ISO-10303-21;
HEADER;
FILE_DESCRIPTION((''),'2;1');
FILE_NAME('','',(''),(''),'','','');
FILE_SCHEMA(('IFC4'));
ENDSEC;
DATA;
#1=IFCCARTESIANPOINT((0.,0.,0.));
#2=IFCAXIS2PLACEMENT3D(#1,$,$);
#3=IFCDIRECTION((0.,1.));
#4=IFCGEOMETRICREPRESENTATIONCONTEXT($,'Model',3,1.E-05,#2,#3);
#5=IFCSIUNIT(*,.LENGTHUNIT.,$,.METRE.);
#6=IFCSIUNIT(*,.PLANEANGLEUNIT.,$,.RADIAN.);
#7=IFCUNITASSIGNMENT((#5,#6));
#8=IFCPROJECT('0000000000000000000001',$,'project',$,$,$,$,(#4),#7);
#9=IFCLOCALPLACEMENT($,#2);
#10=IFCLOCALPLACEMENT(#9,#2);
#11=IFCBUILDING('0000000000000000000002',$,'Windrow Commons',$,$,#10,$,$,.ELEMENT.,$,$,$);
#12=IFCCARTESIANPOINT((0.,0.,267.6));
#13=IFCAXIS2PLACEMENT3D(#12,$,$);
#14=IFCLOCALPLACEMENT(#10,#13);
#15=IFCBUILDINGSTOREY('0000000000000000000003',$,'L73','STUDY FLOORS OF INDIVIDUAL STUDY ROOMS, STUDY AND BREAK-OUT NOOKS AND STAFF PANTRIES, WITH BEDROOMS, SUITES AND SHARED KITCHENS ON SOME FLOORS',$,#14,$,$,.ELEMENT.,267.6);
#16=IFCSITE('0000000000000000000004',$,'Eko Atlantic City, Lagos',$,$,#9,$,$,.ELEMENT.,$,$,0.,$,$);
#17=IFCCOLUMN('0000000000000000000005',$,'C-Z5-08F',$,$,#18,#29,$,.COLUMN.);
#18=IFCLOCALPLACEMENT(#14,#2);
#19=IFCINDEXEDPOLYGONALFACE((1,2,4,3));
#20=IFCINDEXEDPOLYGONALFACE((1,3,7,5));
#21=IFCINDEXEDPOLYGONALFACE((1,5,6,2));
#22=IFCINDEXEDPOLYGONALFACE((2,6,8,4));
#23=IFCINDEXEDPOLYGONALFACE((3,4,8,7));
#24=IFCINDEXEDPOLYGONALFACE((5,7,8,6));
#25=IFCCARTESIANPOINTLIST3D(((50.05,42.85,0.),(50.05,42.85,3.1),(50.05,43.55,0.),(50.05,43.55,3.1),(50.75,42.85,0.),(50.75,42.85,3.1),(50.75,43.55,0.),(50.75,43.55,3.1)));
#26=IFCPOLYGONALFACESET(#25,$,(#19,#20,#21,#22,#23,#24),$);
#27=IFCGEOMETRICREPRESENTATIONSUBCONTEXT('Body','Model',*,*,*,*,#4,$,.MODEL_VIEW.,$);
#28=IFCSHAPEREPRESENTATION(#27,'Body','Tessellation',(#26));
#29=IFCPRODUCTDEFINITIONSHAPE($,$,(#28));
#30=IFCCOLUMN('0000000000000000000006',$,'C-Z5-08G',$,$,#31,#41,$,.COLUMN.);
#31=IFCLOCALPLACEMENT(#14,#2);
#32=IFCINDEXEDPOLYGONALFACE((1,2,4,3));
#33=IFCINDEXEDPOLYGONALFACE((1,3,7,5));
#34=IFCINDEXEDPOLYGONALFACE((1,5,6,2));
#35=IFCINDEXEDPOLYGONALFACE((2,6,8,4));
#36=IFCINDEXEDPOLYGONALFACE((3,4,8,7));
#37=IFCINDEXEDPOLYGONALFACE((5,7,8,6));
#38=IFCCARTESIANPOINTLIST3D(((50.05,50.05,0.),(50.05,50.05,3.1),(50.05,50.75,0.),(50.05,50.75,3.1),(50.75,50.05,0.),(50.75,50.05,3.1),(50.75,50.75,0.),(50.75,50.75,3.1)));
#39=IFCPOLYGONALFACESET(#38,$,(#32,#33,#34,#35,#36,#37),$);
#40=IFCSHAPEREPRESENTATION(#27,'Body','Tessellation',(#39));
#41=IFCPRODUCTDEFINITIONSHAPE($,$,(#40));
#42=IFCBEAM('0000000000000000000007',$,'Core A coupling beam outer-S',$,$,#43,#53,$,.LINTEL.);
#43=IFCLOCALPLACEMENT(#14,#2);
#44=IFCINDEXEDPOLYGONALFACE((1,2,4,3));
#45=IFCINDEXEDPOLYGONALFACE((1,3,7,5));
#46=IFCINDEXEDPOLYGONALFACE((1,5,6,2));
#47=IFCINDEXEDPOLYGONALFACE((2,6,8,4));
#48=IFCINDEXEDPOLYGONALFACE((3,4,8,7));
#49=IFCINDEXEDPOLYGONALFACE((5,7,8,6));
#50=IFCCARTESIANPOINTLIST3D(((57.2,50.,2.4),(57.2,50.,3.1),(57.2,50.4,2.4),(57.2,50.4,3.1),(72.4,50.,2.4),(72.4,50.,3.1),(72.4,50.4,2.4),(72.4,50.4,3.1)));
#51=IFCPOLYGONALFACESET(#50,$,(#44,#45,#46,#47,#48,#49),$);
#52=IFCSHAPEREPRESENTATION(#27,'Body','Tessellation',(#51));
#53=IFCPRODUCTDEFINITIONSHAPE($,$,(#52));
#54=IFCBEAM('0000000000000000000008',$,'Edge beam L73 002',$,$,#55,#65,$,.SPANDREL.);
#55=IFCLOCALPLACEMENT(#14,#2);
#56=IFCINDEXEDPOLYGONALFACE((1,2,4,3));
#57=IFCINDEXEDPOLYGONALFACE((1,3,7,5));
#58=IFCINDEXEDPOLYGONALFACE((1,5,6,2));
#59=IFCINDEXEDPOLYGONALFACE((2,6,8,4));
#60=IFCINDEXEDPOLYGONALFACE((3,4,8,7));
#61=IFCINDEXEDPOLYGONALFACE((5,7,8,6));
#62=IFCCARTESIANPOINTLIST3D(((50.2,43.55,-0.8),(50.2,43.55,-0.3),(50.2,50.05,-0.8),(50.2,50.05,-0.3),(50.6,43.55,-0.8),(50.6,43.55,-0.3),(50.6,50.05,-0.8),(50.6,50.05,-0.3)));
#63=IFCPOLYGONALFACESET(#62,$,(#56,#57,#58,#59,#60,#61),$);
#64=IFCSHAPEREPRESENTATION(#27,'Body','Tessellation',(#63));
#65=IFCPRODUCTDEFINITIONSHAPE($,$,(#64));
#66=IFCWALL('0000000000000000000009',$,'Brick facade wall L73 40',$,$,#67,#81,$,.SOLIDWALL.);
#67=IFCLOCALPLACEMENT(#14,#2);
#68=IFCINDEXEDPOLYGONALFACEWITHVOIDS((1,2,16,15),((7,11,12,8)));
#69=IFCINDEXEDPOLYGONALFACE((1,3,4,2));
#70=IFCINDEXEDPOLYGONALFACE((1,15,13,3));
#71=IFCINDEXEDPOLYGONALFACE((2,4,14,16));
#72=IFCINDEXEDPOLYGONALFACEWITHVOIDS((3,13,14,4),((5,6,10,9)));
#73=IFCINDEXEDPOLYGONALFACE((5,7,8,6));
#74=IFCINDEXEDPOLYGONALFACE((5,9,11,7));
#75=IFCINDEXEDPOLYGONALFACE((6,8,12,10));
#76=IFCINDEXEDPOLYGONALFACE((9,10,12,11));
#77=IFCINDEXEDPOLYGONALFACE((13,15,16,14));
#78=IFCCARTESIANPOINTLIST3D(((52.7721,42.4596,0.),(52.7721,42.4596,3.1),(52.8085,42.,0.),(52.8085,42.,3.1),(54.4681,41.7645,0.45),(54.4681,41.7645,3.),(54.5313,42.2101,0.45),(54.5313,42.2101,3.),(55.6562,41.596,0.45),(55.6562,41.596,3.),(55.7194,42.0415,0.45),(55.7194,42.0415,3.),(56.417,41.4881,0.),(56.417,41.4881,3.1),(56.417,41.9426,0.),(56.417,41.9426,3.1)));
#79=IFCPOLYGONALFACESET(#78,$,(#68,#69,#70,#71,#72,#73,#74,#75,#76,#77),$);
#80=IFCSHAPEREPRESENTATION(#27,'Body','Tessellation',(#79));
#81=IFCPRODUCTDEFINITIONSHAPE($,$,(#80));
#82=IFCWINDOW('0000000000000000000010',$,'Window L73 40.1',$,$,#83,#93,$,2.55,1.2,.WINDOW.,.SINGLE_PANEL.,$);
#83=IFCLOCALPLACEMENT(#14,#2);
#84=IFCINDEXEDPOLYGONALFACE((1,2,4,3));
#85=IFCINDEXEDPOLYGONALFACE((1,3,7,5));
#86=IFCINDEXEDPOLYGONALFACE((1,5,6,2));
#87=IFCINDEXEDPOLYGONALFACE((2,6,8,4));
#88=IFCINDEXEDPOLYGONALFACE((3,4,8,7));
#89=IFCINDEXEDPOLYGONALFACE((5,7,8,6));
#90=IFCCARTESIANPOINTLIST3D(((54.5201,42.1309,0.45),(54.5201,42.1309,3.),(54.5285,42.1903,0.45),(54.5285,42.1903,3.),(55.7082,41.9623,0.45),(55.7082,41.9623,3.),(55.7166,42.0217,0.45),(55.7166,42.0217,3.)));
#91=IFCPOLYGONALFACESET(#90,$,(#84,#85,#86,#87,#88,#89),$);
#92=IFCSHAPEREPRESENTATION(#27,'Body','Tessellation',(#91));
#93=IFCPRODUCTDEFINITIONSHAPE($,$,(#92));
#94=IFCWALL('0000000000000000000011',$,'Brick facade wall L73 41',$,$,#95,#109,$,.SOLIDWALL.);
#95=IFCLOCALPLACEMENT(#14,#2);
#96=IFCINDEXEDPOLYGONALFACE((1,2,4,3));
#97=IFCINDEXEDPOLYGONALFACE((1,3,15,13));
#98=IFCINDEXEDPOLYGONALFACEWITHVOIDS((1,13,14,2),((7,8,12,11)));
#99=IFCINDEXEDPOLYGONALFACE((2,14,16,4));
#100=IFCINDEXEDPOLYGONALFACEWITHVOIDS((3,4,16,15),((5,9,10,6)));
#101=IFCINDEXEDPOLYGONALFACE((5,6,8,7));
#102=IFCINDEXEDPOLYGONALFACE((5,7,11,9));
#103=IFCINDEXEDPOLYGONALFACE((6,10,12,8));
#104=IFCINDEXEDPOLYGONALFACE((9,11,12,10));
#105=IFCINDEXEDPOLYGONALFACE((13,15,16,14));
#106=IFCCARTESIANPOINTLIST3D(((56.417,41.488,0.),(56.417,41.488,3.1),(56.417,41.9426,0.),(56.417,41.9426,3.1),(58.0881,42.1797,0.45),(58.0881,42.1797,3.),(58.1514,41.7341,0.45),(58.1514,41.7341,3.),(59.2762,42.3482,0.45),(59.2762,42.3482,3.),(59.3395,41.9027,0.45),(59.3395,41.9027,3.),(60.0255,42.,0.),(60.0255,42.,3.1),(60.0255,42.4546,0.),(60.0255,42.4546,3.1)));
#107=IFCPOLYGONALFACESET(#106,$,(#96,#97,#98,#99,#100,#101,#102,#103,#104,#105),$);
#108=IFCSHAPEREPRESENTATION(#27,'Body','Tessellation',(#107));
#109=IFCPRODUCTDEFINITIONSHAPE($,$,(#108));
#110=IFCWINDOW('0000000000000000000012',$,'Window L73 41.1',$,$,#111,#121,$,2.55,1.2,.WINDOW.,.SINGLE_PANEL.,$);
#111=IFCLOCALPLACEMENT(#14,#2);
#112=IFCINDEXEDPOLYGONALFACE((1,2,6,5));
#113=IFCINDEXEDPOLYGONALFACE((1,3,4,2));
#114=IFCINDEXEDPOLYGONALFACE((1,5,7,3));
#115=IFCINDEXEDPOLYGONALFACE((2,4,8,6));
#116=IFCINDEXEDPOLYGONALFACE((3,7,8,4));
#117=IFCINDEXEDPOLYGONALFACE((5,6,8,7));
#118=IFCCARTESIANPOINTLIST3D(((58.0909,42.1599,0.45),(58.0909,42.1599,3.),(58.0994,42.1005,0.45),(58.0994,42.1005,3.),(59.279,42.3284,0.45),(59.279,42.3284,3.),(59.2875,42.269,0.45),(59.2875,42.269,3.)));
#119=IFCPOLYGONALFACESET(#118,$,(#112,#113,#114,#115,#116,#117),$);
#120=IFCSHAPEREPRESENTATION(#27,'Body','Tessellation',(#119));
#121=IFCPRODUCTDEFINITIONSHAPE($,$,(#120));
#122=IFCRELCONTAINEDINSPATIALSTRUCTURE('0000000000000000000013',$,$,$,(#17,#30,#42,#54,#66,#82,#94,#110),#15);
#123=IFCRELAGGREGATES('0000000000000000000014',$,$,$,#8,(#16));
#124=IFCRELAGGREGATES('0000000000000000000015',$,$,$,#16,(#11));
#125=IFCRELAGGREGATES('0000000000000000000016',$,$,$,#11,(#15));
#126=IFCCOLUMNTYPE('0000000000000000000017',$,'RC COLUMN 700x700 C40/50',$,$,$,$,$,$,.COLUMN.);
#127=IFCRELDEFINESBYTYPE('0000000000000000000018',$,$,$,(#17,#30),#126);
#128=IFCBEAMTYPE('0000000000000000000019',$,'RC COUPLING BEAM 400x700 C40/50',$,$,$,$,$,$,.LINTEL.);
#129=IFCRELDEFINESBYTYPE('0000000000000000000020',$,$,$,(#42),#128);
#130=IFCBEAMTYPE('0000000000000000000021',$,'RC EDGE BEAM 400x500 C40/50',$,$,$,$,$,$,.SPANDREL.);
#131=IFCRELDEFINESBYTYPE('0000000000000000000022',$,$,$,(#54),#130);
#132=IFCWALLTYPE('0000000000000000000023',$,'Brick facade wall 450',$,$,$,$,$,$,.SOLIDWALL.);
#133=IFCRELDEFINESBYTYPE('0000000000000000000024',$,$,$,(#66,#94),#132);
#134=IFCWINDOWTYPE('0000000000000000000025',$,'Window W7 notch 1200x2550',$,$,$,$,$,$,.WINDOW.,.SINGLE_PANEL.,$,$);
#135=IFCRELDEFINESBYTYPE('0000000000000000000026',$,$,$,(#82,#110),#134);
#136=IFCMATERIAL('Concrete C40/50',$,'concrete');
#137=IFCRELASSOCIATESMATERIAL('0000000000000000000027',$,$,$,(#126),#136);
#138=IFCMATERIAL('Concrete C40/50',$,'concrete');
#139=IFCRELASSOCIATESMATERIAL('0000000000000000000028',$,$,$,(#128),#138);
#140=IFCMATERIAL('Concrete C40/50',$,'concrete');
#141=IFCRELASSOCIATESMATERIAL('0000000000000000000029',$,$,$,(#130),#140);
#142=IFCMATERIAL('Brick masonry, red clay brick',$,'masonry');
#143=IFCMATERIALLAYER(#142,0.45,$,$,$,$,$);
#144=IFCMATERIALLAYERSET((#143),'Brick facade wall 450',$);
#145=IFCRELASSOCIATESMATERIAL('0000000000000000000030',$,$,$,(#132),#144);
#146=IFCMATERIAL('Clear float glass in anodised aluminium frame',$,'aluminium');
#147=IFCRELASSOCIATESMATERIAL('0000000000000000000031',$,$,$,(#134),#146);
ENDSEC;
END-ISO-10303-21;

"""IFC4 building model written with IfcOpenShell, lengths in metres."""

from ifc_helpers import new_model, si_unit, direction, frame, frame_2d, origin, origin_2d, place, context, subcontext, project, spatial, polyline, rectangle, outline, extrude, material, layer, layer_set, material_profile, profile_set, type_object, element, fill, save


model = new_model("IFC4")

# Units and contexts
model_context = context("Model", 3, precision=1e-05, world=origin(), true_north=direction((0.0, 1.0)))
body_context = subcontext(model_context, "Body", "Model", "MODEL_VIEW")
ifc_project = project(units=[si_unit("LENGTHUNIT", "METRE"), si_unit("PLANEANGLEUNIT", "RADIAN")], contexts=[model_context])

# Site, building, storey
site_placement = place(None, origin())
site = spatial("IfcSite", under=ifc_project, at=site_placement, Name="Eko Atlantic City, Lagos", CompositionType="ELEMENT", RefElevation=0.0)
building_placement = place(site_placement, origin())
building = spatial("IfcBuilding", under=site, at=building_placement, Name="Windrow Commons", CompositionType="ELEMENT")
storey_placement = place(building_placement, frame((0.0, 0.0, 267.6)))
storey = spatial("IfcBuildingStorey", under=building, at=storey_placement, Name="L73", Description="STUDY FLOORS OF INDIVIDUAL STUDY ROOMS, STUDY AND BREAK-OUT NOOKS AND STAFF PANTRIES, WITH BEDROOMS, SUITES AND SHARED KITCHENS ON SOME FLOORS", CompositionType="ELEMENT", Elevation=267.6)

# Columns
ifc_material_1 = material(Name="Concrete C40/50", Category="concrete")
ifc_material_profile_1 = material_profile(ifc_material_1, rectangle(XDim=0.7, YDim=0.7, at=origin_2d()))
ifc_profile_set_1 = profile_set([ifc_material_profile_1], Name="Concrete C40/50")
column_type = type_object("IfcColumnType", Name="RC COLUMN 700x700 C40/50", PredefinedType="COLUMN", material=ifc_profile_set_1)
for number, where, z_axis, x_axis, name in (
    (1, (50.4, 43.2, 0.0), (0.0, 0.0, 1.0), (1.0, 0.0, 0.0), "C-Z5-08F"),
    (2, (50.4, 50.4, 0.0), (0.0, 0.0, 1.0), (1.0, 0.0, 0.0), "C-Z5-08G"),
):
    element("IfcColumn", number, at=place(storey_placement, frame(where, z_axis=z_axis, x_axis=x_axis)), inside=storey, type_object=column_type, Name=name, PredefinedType="COLUMN", context=body_context, shape_type="SweptSolid", body=[
        extrude(rectangle(XDim=0.7, YDim=0.7, at=origin_2d()), origin(), (0.0, 0.0, 1.0), 3.1),
    ])

# Beams
ifc_material_2 = material(Name="Concrete C40/50", Category="concrete")
ifc_material_profile_2 = material_profile(ifc_material_2, rectangle(XDim=0.4, YDim=0.7, at=origin_2d()))
ifc_profile_set_2 = profile_set([ifc_material_profile_2], Name="Concrete C40/50")
beam_type_1 = type_object("IfcBeamType", Name="RC COUPLING BEAM 400x700 C40/50", PredefinedType="LINTEL", material=ifc_profile_set_2)
beam_1_placement = place(storey_placement, frame((57.2, 50.2, 2.75), z_axis=(1.0, 0.0, 0.0), x_axis=(0.0, 1.0, 0.0)))
element("IfcBeam", 3, at=beam_1_placement, inside=storey, type_object=beam_type_1, Name="Core A coupling beam outer-S", PredefinedType="LINTEL", context=body_context, shape_type="SweptSolid", body=[
    extrude(rectangle(XDim=0.4, YDim=0.7, at=origin_2d()), origin(), (0.0, 0.0, 1.0), 15.2),
])
ifc_material_3 = material(Name="Concrete C40/50", Category="concrete")
ifc_material_profile_3 = material_profile(ifc_material_3, rectangle(XDim=0.4, YDim=0.5, at=origin_2d()))
ifc_profile_set_3 = profile_set([ifc_material_profile_3], Name="Concrete C40/50")
beam_type_2 = type_object("IfcBeamType", Name="RC EDGE BEAM 400x500 C40/50", PredefinedType="SPANDREL", material=ifc_profile_set_3)
beam_2_placement = place(storey_placement, frame((50.4, 43.55, -0.55), z_axis=(0.0, 1.0, 0.0), x_axis=(-1.0, 0.0, 0.0)))
element("IfcBeam", 4, at=beam_2_placement, inside=storey, type_object=beam_type_2, Name="Edge beam L73 002", PredefinedType="SPANDREL", context=body_context, shape_type="SweptSolid", body=[
    extrude(rectangle(XDim=0.4, YDim=0.5, at=origin_2d()), origin(), (0.0, 0.0, 1.0), 6.5),
])

# Walls, openings, windows
ifc_material_4 = material(Name="Brick masonry, red clay brick", Category="masonry")
ifc_layer_1 = layer(ifc_material_4, 0.45)
ifc_layer_set_1 = layer_set([ifc_layer_1], Name="Brick facade wall 450")
wall_type_1 = type_object("IfcWallType", Name="Brick facade wall 450", PredefinedType="SOLIDWALL", material=ifc_layer_set_1)
wall_1_placement = place(storey_placement, frame((52.7903, 42.2298, 0.0), z_axis=(0.0, 0.0, 1.0), x_axis=(0.990087, -0.140458, 0.0)))
wall_1 = element("IfcWall", 5, at=wall_1_placement, inside=storey, type_object=wall_type_1, Name="Brick facade wall L73 40", PredefinedType="SOLIDWALL", context=body_context, shape_type="SweptSolid", body=[
    extrude(outline(polyline([(0.0503, -0.225), (3.6949, -0.225), (3.6311, 0.225), (-0.0503, 0.225), (0.0503, -0.225)])), origin(), (0.0, 0.0, 1.0), 3.1),
])
opening_1_placement = place(wall_1_placement, frame((1.7265, 0.0, 0.45)))
opening_1 = element("IfcOpeningElement", 6, at=opening_1_placement, cuts=wall_1, PredefinedType="OPENING", context=body_context, shape_type="SweptSolid", body=[
    extrude(rectangle(XDim=1.2, YDim=2.55, at=frame_2d((0.6, 1.275))), frame((0.0, 0.235, 0.0), z_axis=(0.0, -1.0, 0.0), x_axis=(1.0, 0.0, 0.0)), (0.0, 0.0, 1.0), 0.47),
])
ifc_material_5 = material(Name="Clear float glass in anodised aluminium frame", Category="aluminium")
window_type = type_object("IfcWindowType", Name="Window W7 notch 1200x2550", PartitioningType="SINGLE_PANEL", PredefinedType="WINDOW", material=ifc_material_5)
window_1_placement = place(opening_1_placement, origin())
window_1 = element("IfcWindow", 7, at=window_1_placement, inside=storey, type_object=window_type, Name="Window L73 40.1", OverallHeight=2.55, OverallWidth=1.2, PartitioningType="SINGLE_PANEL", PredefinedType="WINDOW", context=body_context, shape_type="SweptSolid", body=[
    extrude(rectangle(XDim=1.2, YDim=2.55, at=frame_2d((0.6, 1.275))), frame((0.0, 0.205, 0.0), z_axis=(0.0, -1.0, 0.0), x_axis=(1.0, 0.0, 0.0)), (0.0, 0.0, 1.0), 0.06),
])
fill(opening_1, window_1)
wall_2_placement = place(storey_placement, frame((56.417, 41.7153, 0.0), z_axis=(0.0, 0.0, 1.0), x_axis=(0.990083, 0.14048, 0.0)))
wall_2 = element("IfcWall", 8, at=wall_2_placement, inside=storey, type_object=wall_type_1, Name="Brick facade wall L73 41", PredefinedType="SOLIDWALL", context=body_context, shape_type="SweptSolid", body=[
    extrude(outline(polyline([(-0.0319, -0.225), (3.6127, -0.225), (3.6766, 0.225), (0.0319, 0.225), (-0.0319, -0.225)])), origin(), (0.0, 0.0, 1.0), 3.1),
])
opening_2_placement = place(wall_2_placement, frame((1.7198, 0.0, 0.45)))
opening_2 = element("IfcOpeningElement", 9, at=opening_2_placement, cuts=wall_2, PredefinedType="OPENING", context=body_context, shape_type="SweptSolid", body=[
    extrude(rectangle(XDim=1.2, YDim=2.55, at=frame_2d((0.6, 1.275))), frame((0.0, 0.235, 0.0), z_axis=(0.0, -1.0, 0.0), x_axis=(1.0, 0.0, 0.0)), (0.0, 0.0, 1.0), 0.47),
])
window_2_placement = place(opening_2_placement, origin())
window_2 = element("IfcWindow", 10, at=window_2_placement, inside=storey, type_object=window_type, Name="Window L73 41.1", OverallHeight=2.55, OverallWidth=1.2, PartitioningType="SINGLE_PANEL", PredefinedType="WINDOW", context=body_context, shape_type="SweptSolid", body=[
    extrude(rectangle(XDim=1.2, YDim=2.55, at=frame_2d((0.6, 1.275))), frame((0.0, 0.205, 0.0), z_axis=(0.0, -1.0, 0.0), x_axis=(1.0, 0.0, 0.0)), (0.0, 0.0, 1.0), 0.06),
])
fill(opening_2, window_2)

save(model, "model.ifc")
